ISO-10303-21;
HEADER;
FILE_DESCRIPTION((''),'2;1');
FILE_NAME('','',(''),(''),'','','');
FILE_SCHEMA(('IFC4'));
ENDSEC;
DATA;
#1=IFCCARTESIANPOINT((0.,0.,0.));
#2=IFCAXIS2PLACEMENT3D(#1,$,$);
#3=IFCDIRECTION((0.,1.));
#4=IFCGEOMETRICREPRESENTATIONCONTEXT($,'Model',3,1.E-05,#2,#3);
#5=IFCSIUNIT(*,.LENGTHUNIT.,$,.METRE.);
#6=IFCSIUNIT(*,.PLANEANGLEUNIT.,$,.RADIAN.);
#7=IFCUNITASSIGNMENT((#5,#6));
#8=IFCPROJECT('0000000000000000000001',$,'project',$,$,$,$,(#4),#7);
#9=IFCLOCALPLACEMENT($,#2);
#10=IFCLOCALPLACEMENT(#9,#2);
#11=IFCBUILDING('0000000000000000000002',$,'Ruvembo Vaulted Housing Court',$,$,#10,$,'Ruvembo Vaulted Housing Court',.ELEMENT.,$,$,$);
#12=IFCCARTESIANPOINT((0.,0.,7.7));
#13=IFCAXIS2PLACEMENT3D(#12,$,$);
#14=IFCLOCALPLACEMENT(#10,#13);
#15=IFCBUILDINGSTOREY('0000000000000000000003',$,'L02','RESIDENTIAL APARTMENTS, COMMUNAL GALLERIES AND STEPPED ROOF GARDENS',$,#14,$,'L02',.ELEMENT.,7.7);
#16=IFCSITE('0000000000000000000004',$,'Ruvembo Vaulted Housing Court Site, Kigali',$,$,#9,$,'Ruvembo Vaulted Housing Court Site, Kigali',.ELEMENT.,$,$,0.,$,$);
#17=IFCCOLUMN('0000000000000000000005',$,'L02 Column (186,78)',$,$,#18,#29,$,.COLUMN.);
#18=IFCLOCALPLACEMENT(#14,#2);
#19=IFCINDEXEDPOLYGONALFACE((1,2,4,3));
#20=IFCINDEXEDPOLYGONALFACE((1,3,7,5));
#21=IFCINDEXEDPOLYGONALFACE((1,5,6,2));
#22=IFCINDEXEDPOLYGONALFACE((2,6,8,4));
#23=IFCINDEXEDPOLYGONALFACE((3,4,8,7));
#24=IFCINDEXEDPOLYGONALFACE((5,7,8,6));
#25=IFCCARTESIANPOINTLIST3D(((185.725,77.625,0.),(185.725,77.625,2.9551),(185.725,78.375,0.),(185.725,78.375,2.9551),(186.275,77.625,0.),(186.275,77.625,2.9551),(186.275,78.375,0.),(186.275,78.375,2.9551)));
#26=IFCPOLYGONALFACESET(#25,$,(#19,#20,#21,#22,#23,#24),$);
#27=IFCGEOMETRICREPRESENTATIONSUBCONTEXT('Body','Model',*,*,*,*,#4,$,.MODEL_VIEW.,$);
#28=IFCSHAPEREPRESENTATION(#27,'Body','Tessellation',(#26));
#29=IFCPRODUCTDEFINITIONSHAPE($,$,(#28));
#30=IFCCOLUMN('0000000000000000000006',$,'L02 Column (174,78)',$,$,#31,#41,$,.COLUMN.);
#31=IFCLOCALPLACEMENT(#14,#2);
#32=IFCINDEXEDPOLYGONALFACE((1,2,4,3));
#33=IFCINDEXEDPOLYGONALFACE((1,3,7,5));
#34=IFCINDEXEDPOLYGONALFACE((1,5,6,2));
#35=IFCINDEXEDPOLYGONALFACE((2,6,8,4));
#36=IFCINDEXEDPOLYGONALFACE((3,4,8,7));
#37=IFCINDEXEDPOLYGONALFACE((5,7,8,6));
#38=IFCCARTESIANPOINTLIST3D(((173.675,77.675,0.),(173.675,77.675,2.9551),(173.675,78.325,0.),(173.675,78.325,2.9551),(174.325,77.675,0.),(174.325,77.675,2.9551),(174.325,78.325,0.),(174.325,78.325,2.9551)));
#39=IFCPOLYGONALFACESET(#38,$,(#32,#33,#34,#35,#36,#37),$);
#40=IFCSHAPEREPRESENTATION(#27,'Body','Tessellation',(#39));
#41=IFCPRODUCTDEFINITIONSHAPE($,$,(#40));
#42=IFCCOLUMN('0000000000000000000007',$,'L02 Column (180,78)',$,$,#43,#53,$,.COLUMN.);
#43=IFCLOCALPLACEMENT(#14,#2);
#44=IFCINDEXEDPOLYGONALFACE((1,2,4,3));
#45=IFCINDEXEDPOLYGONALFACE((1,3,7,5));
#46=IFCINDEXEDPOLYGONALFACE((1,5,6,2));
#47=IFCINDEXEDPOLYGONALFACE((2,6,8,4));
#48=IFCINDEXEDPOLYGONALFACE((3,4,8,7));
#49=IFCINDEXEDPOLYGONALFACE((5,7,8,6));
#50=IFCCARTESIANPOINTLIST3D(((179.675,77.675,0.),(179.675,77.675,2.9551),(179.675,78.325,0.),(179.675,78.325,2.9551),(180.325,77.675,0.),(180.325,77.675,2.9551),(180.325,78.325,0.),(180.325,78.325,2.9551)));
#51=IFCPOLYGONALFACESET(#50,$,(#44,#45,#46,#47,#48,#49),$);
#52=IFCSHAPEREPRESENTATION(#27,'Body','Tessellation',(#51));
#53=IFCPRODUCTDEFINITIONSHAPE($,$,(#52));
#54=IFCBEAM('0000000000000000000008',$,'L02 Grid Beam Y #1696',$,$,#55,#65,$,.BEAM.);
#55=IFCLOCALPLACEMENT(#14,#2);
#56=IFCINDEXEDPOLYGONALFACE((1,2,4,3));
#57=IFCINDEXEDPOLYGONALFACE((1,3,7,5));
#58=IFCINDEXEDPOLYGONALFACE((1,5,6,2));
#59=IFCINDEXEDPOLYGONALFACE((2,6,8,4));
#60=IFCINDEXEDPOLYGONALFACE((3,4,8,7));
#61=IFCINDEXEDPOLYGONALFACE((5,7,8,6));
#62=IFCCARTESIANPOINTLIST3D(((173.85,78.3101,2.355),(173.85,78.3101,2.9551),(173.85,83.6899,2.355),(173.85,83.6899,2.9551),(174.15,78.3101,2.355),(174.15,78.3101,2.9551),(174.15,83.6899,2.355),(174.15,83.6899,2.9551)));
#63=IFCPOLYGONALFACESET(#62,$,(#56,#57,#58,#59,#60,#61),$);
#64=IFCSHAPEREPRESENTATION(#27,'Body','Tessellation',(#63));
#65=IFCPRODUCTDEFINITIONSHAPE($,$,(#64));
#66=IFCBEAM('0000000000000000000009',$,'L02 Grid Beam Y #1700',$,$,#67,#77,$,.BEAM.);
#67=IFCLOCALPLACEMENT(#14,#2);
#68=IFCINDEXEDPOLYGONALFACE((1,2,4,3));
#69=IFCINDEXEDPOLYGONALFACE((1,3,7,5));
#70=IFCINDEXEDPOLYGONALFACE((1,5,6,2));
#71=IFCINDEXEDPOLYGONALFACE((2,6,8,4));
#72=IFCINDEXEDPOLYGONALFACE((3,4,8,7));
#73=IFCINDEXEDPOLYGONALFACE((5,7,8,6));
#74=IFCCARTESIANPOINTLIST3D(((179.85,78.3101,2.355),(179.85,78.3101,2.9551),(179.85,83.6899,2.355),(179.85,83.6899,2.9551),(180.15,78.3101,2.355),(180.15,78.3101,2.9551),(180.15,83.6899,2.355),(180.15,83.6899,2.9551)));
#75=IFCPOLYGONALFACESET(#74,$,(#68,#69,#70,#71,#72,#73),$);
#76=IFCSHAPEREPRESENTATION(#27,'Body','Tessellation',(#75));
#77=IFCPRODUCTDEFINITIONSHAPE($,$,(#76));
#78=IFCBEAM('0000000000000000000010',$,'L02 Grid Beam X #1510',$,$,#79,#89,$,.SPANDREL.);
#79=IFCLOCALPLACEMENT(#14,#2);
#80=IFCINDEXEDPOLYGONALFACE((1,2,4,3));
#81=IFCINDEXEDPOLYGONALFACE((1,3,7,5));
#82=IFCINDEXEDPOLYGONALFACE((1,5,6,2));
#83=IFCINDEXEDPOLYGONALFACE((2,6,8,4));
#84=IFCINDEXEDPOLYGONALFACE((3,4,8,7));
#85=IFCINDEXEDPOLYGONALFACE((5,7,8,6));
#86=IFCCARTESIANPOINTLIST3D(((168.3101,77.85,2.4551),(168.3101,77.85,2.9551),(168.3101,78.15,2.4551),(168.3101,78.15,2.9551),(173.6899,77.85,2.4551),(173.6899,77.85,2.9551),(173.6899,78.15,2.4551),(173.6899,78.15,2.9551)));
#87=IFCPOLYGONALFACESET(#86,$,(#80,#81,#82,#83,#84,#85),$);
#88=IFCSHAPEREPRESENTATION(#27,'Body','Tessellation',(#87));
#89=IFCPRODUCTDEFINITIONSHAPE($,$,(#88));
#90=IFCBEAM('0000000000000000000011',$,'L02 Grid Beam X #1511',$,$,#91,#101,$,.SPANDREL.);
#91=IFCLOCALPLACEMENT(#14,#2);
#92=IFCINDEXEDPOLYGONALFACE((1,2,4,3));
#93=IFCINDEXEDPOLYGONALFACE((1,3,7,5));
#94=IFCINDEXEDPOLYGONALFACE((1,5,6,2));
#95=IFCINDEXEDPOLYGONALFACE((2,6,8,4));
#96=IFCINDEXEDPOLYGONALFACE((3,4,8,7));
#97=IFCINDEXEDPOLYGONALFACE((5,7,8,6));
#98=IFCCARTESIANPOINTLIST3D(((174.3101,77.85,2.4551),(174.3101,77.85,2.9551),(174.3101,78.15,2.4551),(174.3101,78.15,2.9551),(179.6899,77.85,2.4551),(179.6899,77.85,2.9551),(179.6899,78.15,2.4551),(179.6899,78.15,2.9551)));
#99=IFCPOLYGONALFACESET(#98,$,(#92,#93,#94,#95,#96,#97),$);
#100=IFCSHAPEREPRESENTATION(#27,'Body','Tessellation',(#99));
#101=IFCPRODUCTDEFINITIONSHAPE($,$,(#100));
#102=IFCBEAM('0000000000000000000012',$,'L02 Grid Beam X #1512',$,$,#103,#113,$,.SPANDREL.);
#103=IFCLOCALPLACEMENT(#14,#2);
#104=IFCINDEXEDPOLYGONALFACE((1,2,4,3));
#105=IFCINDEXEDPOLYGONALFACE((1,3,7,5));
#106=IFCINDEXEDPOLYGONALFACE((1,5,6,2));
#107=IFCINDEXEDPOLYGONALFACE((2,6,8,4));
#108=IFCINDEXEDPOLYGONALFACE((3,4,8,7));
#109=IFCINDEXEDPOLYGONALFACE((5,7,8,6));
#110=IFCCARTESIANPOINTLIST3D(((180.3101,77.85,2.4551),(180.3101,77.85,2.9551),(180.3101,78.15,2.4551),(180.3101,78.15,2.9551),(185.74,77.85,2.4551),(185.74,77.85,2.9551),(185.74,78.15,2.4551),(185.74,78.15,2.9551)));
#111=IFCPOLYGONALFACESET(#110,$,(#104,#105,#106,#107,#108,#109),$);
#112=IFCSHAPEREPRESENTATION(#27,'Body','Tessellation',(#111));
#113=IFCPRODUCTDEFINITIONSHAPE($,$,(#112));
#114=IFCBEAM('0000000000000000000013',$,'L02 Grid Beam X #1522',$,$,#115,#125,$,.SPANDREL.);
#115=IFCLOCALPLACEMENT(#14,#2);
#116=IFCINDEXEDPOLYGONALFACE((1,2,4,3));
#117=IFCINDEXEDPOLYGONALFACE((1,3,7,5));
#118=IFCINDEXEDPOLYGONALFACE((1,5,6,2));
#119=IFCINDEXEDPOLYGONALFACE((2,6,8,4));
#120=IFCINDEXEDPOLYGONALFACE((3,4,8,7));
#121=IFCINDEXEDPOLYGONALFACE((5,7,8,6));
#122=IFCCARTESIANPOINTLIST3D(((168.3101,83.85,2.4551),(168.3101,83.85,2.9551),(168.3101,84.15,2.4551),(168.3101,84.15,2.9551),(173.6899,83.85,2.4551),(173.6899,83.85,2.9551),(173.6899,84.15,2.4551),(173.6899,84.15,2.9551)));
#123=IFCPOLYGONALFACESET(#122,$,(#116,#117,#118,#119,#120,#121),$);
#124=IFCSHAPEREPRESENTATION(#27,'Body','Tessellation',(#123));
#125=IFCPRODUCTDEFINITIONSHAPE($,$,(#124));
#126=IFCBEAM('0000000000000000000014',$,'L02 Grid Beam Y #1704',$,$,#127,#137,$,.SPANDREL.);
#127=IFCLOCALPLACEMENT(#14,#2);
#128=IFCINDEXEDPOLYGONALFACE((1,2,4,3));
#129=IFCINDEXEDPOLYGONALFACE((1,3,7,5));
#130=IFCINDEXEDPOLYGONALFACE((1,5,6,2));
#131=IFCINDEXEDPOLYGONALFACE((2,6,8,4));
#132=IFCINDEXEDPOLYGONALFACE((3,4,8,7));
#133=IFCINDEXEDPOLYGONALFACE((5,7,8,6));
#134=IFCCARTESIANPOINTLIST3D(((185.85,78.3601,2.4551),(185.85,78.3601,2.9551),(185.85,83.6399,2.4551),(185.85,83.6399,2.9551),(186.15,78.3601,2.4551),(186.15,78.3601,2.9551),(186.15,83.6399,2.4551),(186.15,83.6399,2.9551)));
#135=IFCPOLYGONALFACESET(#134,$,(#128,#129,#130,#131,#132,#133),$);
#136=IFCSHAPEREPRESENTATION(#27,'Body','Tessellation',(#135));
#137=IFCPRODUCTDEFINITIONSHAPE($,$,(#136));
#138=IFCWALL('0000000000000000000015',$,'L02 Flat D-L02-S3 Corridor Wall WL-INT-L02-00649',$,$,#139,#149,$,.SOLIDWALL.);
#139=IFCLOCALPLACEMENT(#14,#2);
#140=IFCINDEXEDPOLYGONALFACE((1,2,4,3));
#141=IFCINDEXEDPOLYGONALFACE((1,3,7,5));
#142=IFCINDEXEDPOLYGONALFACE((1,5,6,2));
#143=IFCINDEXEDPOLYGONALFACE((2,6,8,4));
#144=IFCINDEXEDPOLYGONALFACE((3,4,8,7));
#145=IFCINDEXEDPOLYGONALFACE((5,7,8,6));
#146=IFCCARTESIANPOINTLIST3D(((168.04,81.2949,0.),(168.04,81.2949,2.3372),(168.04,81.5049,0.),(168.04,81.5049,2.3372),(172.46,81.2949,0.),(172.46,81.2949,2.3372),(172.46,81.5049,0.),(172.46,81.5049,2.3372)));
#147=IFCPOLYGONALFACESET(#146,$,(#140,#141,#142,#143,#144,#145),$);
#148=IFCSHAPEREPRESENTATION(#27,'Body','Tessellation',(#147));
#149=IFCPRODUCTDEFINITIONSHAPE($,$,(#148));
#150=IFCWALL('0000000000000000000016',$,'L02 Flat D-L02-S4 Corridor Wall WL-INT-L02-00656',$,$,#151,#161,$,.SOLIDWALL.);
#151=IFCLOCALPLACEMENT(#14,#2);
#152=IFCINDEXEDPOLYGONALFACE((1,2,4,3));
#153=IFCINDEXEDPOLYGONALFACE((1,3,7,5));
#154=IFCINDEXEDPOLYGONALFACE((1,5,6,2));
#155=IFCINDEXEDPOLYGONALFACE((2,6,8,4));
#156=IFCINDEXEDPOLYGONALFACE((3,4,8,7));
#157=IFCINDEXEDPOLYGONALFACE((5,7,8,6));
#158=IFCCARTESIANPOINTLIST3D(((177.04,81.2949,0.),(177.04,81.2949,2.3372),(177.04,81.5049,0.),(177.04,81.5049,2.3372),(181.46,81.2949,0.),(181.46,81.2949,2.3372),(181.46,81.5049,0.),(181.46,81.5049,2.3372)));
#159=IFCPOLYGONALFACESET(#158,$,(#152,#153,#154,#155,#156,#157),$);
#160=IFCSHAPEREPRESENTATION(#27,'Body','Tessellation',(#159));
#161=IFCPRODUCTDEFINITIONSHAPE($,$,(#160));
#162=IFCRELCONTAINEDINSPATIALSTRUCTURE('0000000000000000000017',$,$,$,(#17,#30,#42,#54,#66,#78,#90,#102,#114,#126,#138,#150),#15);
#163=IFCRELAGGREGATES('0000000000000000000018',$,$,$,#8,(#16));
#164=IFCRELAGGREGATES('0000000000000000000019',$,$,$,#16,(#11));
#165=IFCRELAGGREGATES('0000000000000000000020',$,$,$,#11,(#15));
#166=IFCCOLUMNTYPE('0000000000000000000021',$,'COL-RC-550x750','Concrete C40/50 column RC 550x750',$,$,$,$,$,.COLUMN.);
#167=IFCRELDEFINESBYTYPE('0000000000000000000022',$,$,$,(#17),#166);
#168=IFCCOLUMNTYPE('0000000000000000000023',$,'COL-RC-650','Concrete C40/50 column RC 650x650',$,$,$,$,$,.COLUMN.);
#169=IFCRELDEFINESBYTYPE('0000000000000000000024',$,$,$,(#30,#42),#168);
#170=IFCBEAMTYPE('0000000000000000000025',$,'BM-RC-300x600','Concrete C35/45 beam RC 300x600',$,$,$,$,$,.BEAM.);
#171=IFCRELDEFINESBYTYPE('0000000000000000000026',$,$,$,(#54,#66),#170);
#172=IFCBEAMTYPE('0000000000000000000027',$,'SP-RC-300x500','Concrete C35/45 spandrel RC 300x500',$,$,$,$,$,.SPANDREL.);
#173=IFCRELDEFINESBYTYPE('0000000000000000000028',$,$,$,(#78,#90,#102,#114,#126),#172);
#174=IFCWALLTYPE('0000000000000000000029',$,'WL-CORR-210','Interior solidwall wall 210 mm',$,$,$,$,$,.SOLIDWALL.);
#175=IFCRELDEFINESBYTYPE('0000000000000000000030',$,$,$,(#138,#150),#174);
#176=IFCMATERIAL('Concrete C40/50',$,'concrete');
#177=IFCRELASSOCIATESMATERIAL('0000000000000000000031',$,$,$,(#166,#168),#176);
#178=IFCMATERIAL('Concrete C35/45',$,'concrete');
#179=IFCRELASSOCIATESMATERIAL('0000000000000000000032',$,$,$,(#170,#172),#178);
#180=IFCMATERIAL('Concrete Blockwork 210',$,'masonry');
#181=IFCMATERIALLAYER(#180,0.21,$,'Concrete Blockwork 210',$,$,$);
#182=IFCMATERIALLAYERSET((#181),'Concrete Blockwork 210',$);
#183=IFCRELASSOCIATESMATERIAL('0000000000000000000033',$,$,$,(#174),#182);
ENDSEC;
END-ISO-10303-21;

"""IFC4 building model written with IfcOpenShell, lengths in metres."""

from ifc_helpers import new_model, si_unit, direction, frame, frame_2d, origin, origin_2d, place, context, subcontext, project, spatial, rectangle, extrude, material, layer, layer_set, material_profile, profile_set, type_object, element, save


model = new_model("IFC4")

# Units and contexts
model_context = context("Model", 3, precision=1e-05, world=origin(), true_north=direction((0.0, 1.0)))
body_context = subcontext(model_context, "Body", "Model", "MODEL_VIEW")
ifc_project = project(units=[si_unit("LENGTHUNIT", "METRE"), si_unit("PLANEANGLEUNIT", "RADIAN")], contexts=[model_context])

# Site, building, storey
site_placement = place(None, origin())
site = spatial("IfcSite", under=ifc_project, at=site_placement, Name="Ruvembo Vaulted Housing Court Site, Kigali", LongName="Ruvembo Vaulted Housing Court Site, Kigali", CompositionType="ELEMENT", RefElevation=0.0)
building_placement = place(site_placement, origin())
building = spatial("IfcBuilding", under=site, at=building_placement, Name="Ruvembo Vaulted Housing Court", LongName="Ruvembo Vaulted Housing Court", CompositionType="ELEMENT")
storey_placement = place(building_placement, frame((0.0, 0.0, 7.7)))
storey = spatial("IfcBuildingStorey", under=building, at=storey_placement, Name="L02", Description="RESIDENTIAL APARTMENTS, COMMUNAL GALLERIES AND STEPPED ROOF GARDENS", LongName="L02", CompositionType="ELEMENT", Elevation=7.7)

# Columns
ifc_material_1 = material(Name="Concrete C40/50", Category="concrete")
ifc_material_profile_1 = material_profile(ifc_material_1, rectangle(XDim=0.55, YDim=0.75, at=origin_2d()), Name="RC 550x750")
ifc_profile_set_1 = profile_set([ifc_material_profile_1], Name="Concrete C40/50")
column_type_1 = type_object("IfcColumnType", Name="COL-RC-550x750", Description="Concrete C40/50 column RC 550x750", PredefinedType="COLUMN", material=ifc_profile_set_1)
column_placement = place(storey_placement, frame((186.0, 78.0, 0.0), z_axis=(0.0, 0.0, 1.0), x_axis=(1.0, 0.0, 0.0)))
element("IfcColumn", 1, at=column_placement, inside=storey, type_object=column_type_1, Name="L02 Column (186,78)", PredefinedType="COLUMN", context=body_context, shape_type="SweptSolid", body=[
    extrude(rectangle(XDim=0.55, YDim=0.75, at=origin_2d()), origin(), (0.0, 0.0, 1.0), 2.9551),
])
ifc_material_profile_2 = material_profile(ifc_material_1, rectangle(XDim=0.6499, YDim=0.6499, at=origin_2d()), Name="RC 650x650")
ifc_profile_set_2 = profile_set([ifc_material_profile_2], Name="Concrete C40/50")
column_type_2 = type_object("IfcColumnType", Name="COL-RC-650", Description="Concrete C40/50 column RC 650x650", PredefinedType="COLUMN", material=ifc_profile_set_2)
for number, where, z_axis, x_axis, name in (
    (2, (174.0, 78.0, 0.0), (0.0, 0.0, 1.0), (1.0, 0.0, 0.0), "L02 Column (174,78)"),
    (3, (180.0, 78.0, 0.0), (0.0, 0.0, 1.0), (1.0, 0.0, 0.0), "L02 Column (180,78)"),
):
    element("IfcColumn", number, at=place(storey_placement, frame(where, z_axis=z_axis, x_axis=x_axis)), inside=storey, type_object=column_type_2, Name=name, PredefinedType="COLUMN", context=body_context, shape_type="SweptSolid", body=[
        extrude(rectangle(XDim=0.6499, YDim=0.6499, at=origin_2d()), origin(), (0.0, 0.0, 1.0), 2.9551),
    ])

# Beams
ifc_material_2 = material(Name="Concrete C35/45", Category="concrete")
ifc_material_profile_3 = material_profile(ifc_material_2, rectangle(XDim=0.3, YDim=0.6001, at=origin_2d()), Name="RC 300x600")
ifc_profile_set_3 = profile_set([ifc_material_profile_3], Name="Concrete C35/45")
beam_type_1 = type_object("IfcBeamType", Name="BM-RC-300x600", Description="Concrete C35/45 beam RC 300x600", PredefinedType="BEAM", material=ifc_profile_set_3)
for number, where, z_axis, x_axis, name in (
    (4, (174.0, 78.3101, 2.655), (0.0, 1.0, 0.0), (-1.0, 0.0, 0.0), "L02 Grid Beam Y #1696"),
    (5, (180.0, 78.3101, 2.655), (0.0, 1.0, 0.0), (-1.0, 0.0, 0.0), "L02 Grid Beam Y #1700"),
):
    element("IfcBeam", number, at=place(storey_placement, frame(where, z_axis=z_axis, x_axis=x_axis)), inside=storey, type_object=beam_type_1, Name=name, PredefinedType="BEAM", context=body_context, shape_type="SweptSolid", body=[
        extrude(rectangle(XDim=0.3, YDim=0.6001, at=origin_2d()), origin(), (0.0, 0.0, 1.0), 5.3799),
    ])
ifc_material_profile_4 = material_profile(ifc_material_2, rectangle(XDim=0.3, YDim=0.5, at=origin_2d()), Name="RC 300x500")
ifc_profile_set_4 = profile_set([ifc_material_profile_4], Name="Concrete C35/45")
beam_type_2 = type_object("IfcBeamType", Name="SP-RC-300x500", Description="Concrete C35/45 spandrel RC 300x500", PredefinedType="SPANDREL", material=ifc_profile_set_4)
for number, where, z_axis, x_axis, name in (
    (6, (168.3101, 78.0, 2.7051), (1.0, 0.0, 0.0), (0.0, 1.0, 0.0), "L02 Grid Beam X #1510"),
    (7, (174.3101, 78.0, 2.7051), (1.0, 0.0, 0.0), (0.0, 1.0, 0.0), "L02 Grid Beam X #1511"),
):
    element("IfcBeam", number, at=place(storey_placement, frame(where, z_axis=z_axis, x_axis=x_axis)), inside=storey, type_object=beam_type_2, Name=name, PredefinedType="SPANDREL", context=body_context, shape_type="SweptSolid", body=[
        extrude(rectangle(XDim=0.3, YDim=0.5, at=origin_2d()), origin(), (0.0, 0.0, 1.0), 5.3799),
    ])
beam_1_placement = place(storey_placement, frame((180.3101, 78.0, 2.7051), z_axis=(1.0, 0.0, 0.0), x_axis=(0.0, 1.0, 0.0)))
element("IfcBeam", 8, at=beam_1_placement, inside=storey, type_object=beam_type_2, Name="L02 Grid Beam X #1512", PredefinedType="SPANDREL", context=body_context, shape_type="SweptSolid", body=[
    extrude(rectangle(XDim=0.3, YDim=0.5, at=origin_2d()), origin(), (0.0, 0.0, 1.0), 5.4299),
])
beam_2_placement = place(storey_placement, frame((168.3101, 84.0, 2.7051), z_axis=(1.0, 0.0, 0.0), x_axis=(0.0, 1.0, 0.0)))
element("IfcBeam", 9, at=beam_2_placement, inside=storey, type_object=beam_type_2, Name="L02 Grid Beam X #1522", PredefinedType="SPANDREL", context=body_context, shape_type="SweptSolid", body=[
    extrude(rectangle(XDim=0.3, YDim=0.5, at=origin_2d()), origin(), (0.0, 0.0, 1.0), 5.3799),
])
beam_3_placement = place(storey_placement, frame((186.0, 78.3601, 2.7051), z_axis=(0.0, 1.0, 0.0), x_axis=(-1.0, 0.0, 0.0)))
element("IfcBeam", 10, at=beam_3_placement, inside=storey, type_object=beam_type_2, Name="L02 Grid Beam Y #1704", PredefinedType="SPANDREL", context=body_context, shape_type="SweptSolid", body=[
    extrude(rectangle(XDim=0.3, YDim=0.5, at=origin_2d()), origin(), (0.0, 0.0, 1.0), 5.2798),
])

# Wall
ifc_material_3 = material(Name="Concrete Blockwork 210", Category="masonry")
ifc_layer_1 = layer(ifc_material_3, 0.21, Name="Concrete Blockwork 210")
ifc_layer_set_1 = layer_set([ifc_layer_1], Name="Concrete Blockwork 210")
wall_type_1 = type_object("IfcWallType", Name="WL-CORR-210", Description="Interior solidwall wall 210 mm", PredefinedType="SOLIDWALL", material=ifc_layer_set_1)
wall_1_placement = place(storey_placement, frame((168.04, 81.3999, 0.0), z_axis=(0.0, 0.0, 1.0), x_axis=(1.0, 0.0, 0.0)))
element("IfcWall", 11, at=wall_1_placement, inside=storey, type_object=wall_type_1, Name="L02 Flat D-L02-S3 Corridor Wall WL-INT-L02-00649", PredefinedType="SOLIDWALL", context=body_context, shape_type="SweptSolid", body=[
    extrude(rectangle(XDim=4.4199, YDim=0.21, at=frame_2d((2.21, 0.0))), origin(), (0.0, 0.0, 1.0), 2.3372),
])

# Wall
wall_2_placement = place(storey_placement, frame((177.04, 81.3999, 0.0), z_axis=(0.0, 0.0, 1.0), x_axis=(1.0, 0.0, 0.0)))
element("IfcWall", 12, at=wall_2_placement, inside=storey, type_object=wall_type_1, Name="L02 Flat D-L02-S4 Corridor Wall WL-INT-L02-00656", PredefinedType="SOLIDWALL", context=body_context, shape_type="SweptSolid", body=[
    extrude(rectangle(XDim=4.4199, YDim=0.21, at=frame_2d((2.21, 0.0))), origin(), (0.0, 0.0, 1.0), 2.3372),
])

save(model, "model.ifc")
